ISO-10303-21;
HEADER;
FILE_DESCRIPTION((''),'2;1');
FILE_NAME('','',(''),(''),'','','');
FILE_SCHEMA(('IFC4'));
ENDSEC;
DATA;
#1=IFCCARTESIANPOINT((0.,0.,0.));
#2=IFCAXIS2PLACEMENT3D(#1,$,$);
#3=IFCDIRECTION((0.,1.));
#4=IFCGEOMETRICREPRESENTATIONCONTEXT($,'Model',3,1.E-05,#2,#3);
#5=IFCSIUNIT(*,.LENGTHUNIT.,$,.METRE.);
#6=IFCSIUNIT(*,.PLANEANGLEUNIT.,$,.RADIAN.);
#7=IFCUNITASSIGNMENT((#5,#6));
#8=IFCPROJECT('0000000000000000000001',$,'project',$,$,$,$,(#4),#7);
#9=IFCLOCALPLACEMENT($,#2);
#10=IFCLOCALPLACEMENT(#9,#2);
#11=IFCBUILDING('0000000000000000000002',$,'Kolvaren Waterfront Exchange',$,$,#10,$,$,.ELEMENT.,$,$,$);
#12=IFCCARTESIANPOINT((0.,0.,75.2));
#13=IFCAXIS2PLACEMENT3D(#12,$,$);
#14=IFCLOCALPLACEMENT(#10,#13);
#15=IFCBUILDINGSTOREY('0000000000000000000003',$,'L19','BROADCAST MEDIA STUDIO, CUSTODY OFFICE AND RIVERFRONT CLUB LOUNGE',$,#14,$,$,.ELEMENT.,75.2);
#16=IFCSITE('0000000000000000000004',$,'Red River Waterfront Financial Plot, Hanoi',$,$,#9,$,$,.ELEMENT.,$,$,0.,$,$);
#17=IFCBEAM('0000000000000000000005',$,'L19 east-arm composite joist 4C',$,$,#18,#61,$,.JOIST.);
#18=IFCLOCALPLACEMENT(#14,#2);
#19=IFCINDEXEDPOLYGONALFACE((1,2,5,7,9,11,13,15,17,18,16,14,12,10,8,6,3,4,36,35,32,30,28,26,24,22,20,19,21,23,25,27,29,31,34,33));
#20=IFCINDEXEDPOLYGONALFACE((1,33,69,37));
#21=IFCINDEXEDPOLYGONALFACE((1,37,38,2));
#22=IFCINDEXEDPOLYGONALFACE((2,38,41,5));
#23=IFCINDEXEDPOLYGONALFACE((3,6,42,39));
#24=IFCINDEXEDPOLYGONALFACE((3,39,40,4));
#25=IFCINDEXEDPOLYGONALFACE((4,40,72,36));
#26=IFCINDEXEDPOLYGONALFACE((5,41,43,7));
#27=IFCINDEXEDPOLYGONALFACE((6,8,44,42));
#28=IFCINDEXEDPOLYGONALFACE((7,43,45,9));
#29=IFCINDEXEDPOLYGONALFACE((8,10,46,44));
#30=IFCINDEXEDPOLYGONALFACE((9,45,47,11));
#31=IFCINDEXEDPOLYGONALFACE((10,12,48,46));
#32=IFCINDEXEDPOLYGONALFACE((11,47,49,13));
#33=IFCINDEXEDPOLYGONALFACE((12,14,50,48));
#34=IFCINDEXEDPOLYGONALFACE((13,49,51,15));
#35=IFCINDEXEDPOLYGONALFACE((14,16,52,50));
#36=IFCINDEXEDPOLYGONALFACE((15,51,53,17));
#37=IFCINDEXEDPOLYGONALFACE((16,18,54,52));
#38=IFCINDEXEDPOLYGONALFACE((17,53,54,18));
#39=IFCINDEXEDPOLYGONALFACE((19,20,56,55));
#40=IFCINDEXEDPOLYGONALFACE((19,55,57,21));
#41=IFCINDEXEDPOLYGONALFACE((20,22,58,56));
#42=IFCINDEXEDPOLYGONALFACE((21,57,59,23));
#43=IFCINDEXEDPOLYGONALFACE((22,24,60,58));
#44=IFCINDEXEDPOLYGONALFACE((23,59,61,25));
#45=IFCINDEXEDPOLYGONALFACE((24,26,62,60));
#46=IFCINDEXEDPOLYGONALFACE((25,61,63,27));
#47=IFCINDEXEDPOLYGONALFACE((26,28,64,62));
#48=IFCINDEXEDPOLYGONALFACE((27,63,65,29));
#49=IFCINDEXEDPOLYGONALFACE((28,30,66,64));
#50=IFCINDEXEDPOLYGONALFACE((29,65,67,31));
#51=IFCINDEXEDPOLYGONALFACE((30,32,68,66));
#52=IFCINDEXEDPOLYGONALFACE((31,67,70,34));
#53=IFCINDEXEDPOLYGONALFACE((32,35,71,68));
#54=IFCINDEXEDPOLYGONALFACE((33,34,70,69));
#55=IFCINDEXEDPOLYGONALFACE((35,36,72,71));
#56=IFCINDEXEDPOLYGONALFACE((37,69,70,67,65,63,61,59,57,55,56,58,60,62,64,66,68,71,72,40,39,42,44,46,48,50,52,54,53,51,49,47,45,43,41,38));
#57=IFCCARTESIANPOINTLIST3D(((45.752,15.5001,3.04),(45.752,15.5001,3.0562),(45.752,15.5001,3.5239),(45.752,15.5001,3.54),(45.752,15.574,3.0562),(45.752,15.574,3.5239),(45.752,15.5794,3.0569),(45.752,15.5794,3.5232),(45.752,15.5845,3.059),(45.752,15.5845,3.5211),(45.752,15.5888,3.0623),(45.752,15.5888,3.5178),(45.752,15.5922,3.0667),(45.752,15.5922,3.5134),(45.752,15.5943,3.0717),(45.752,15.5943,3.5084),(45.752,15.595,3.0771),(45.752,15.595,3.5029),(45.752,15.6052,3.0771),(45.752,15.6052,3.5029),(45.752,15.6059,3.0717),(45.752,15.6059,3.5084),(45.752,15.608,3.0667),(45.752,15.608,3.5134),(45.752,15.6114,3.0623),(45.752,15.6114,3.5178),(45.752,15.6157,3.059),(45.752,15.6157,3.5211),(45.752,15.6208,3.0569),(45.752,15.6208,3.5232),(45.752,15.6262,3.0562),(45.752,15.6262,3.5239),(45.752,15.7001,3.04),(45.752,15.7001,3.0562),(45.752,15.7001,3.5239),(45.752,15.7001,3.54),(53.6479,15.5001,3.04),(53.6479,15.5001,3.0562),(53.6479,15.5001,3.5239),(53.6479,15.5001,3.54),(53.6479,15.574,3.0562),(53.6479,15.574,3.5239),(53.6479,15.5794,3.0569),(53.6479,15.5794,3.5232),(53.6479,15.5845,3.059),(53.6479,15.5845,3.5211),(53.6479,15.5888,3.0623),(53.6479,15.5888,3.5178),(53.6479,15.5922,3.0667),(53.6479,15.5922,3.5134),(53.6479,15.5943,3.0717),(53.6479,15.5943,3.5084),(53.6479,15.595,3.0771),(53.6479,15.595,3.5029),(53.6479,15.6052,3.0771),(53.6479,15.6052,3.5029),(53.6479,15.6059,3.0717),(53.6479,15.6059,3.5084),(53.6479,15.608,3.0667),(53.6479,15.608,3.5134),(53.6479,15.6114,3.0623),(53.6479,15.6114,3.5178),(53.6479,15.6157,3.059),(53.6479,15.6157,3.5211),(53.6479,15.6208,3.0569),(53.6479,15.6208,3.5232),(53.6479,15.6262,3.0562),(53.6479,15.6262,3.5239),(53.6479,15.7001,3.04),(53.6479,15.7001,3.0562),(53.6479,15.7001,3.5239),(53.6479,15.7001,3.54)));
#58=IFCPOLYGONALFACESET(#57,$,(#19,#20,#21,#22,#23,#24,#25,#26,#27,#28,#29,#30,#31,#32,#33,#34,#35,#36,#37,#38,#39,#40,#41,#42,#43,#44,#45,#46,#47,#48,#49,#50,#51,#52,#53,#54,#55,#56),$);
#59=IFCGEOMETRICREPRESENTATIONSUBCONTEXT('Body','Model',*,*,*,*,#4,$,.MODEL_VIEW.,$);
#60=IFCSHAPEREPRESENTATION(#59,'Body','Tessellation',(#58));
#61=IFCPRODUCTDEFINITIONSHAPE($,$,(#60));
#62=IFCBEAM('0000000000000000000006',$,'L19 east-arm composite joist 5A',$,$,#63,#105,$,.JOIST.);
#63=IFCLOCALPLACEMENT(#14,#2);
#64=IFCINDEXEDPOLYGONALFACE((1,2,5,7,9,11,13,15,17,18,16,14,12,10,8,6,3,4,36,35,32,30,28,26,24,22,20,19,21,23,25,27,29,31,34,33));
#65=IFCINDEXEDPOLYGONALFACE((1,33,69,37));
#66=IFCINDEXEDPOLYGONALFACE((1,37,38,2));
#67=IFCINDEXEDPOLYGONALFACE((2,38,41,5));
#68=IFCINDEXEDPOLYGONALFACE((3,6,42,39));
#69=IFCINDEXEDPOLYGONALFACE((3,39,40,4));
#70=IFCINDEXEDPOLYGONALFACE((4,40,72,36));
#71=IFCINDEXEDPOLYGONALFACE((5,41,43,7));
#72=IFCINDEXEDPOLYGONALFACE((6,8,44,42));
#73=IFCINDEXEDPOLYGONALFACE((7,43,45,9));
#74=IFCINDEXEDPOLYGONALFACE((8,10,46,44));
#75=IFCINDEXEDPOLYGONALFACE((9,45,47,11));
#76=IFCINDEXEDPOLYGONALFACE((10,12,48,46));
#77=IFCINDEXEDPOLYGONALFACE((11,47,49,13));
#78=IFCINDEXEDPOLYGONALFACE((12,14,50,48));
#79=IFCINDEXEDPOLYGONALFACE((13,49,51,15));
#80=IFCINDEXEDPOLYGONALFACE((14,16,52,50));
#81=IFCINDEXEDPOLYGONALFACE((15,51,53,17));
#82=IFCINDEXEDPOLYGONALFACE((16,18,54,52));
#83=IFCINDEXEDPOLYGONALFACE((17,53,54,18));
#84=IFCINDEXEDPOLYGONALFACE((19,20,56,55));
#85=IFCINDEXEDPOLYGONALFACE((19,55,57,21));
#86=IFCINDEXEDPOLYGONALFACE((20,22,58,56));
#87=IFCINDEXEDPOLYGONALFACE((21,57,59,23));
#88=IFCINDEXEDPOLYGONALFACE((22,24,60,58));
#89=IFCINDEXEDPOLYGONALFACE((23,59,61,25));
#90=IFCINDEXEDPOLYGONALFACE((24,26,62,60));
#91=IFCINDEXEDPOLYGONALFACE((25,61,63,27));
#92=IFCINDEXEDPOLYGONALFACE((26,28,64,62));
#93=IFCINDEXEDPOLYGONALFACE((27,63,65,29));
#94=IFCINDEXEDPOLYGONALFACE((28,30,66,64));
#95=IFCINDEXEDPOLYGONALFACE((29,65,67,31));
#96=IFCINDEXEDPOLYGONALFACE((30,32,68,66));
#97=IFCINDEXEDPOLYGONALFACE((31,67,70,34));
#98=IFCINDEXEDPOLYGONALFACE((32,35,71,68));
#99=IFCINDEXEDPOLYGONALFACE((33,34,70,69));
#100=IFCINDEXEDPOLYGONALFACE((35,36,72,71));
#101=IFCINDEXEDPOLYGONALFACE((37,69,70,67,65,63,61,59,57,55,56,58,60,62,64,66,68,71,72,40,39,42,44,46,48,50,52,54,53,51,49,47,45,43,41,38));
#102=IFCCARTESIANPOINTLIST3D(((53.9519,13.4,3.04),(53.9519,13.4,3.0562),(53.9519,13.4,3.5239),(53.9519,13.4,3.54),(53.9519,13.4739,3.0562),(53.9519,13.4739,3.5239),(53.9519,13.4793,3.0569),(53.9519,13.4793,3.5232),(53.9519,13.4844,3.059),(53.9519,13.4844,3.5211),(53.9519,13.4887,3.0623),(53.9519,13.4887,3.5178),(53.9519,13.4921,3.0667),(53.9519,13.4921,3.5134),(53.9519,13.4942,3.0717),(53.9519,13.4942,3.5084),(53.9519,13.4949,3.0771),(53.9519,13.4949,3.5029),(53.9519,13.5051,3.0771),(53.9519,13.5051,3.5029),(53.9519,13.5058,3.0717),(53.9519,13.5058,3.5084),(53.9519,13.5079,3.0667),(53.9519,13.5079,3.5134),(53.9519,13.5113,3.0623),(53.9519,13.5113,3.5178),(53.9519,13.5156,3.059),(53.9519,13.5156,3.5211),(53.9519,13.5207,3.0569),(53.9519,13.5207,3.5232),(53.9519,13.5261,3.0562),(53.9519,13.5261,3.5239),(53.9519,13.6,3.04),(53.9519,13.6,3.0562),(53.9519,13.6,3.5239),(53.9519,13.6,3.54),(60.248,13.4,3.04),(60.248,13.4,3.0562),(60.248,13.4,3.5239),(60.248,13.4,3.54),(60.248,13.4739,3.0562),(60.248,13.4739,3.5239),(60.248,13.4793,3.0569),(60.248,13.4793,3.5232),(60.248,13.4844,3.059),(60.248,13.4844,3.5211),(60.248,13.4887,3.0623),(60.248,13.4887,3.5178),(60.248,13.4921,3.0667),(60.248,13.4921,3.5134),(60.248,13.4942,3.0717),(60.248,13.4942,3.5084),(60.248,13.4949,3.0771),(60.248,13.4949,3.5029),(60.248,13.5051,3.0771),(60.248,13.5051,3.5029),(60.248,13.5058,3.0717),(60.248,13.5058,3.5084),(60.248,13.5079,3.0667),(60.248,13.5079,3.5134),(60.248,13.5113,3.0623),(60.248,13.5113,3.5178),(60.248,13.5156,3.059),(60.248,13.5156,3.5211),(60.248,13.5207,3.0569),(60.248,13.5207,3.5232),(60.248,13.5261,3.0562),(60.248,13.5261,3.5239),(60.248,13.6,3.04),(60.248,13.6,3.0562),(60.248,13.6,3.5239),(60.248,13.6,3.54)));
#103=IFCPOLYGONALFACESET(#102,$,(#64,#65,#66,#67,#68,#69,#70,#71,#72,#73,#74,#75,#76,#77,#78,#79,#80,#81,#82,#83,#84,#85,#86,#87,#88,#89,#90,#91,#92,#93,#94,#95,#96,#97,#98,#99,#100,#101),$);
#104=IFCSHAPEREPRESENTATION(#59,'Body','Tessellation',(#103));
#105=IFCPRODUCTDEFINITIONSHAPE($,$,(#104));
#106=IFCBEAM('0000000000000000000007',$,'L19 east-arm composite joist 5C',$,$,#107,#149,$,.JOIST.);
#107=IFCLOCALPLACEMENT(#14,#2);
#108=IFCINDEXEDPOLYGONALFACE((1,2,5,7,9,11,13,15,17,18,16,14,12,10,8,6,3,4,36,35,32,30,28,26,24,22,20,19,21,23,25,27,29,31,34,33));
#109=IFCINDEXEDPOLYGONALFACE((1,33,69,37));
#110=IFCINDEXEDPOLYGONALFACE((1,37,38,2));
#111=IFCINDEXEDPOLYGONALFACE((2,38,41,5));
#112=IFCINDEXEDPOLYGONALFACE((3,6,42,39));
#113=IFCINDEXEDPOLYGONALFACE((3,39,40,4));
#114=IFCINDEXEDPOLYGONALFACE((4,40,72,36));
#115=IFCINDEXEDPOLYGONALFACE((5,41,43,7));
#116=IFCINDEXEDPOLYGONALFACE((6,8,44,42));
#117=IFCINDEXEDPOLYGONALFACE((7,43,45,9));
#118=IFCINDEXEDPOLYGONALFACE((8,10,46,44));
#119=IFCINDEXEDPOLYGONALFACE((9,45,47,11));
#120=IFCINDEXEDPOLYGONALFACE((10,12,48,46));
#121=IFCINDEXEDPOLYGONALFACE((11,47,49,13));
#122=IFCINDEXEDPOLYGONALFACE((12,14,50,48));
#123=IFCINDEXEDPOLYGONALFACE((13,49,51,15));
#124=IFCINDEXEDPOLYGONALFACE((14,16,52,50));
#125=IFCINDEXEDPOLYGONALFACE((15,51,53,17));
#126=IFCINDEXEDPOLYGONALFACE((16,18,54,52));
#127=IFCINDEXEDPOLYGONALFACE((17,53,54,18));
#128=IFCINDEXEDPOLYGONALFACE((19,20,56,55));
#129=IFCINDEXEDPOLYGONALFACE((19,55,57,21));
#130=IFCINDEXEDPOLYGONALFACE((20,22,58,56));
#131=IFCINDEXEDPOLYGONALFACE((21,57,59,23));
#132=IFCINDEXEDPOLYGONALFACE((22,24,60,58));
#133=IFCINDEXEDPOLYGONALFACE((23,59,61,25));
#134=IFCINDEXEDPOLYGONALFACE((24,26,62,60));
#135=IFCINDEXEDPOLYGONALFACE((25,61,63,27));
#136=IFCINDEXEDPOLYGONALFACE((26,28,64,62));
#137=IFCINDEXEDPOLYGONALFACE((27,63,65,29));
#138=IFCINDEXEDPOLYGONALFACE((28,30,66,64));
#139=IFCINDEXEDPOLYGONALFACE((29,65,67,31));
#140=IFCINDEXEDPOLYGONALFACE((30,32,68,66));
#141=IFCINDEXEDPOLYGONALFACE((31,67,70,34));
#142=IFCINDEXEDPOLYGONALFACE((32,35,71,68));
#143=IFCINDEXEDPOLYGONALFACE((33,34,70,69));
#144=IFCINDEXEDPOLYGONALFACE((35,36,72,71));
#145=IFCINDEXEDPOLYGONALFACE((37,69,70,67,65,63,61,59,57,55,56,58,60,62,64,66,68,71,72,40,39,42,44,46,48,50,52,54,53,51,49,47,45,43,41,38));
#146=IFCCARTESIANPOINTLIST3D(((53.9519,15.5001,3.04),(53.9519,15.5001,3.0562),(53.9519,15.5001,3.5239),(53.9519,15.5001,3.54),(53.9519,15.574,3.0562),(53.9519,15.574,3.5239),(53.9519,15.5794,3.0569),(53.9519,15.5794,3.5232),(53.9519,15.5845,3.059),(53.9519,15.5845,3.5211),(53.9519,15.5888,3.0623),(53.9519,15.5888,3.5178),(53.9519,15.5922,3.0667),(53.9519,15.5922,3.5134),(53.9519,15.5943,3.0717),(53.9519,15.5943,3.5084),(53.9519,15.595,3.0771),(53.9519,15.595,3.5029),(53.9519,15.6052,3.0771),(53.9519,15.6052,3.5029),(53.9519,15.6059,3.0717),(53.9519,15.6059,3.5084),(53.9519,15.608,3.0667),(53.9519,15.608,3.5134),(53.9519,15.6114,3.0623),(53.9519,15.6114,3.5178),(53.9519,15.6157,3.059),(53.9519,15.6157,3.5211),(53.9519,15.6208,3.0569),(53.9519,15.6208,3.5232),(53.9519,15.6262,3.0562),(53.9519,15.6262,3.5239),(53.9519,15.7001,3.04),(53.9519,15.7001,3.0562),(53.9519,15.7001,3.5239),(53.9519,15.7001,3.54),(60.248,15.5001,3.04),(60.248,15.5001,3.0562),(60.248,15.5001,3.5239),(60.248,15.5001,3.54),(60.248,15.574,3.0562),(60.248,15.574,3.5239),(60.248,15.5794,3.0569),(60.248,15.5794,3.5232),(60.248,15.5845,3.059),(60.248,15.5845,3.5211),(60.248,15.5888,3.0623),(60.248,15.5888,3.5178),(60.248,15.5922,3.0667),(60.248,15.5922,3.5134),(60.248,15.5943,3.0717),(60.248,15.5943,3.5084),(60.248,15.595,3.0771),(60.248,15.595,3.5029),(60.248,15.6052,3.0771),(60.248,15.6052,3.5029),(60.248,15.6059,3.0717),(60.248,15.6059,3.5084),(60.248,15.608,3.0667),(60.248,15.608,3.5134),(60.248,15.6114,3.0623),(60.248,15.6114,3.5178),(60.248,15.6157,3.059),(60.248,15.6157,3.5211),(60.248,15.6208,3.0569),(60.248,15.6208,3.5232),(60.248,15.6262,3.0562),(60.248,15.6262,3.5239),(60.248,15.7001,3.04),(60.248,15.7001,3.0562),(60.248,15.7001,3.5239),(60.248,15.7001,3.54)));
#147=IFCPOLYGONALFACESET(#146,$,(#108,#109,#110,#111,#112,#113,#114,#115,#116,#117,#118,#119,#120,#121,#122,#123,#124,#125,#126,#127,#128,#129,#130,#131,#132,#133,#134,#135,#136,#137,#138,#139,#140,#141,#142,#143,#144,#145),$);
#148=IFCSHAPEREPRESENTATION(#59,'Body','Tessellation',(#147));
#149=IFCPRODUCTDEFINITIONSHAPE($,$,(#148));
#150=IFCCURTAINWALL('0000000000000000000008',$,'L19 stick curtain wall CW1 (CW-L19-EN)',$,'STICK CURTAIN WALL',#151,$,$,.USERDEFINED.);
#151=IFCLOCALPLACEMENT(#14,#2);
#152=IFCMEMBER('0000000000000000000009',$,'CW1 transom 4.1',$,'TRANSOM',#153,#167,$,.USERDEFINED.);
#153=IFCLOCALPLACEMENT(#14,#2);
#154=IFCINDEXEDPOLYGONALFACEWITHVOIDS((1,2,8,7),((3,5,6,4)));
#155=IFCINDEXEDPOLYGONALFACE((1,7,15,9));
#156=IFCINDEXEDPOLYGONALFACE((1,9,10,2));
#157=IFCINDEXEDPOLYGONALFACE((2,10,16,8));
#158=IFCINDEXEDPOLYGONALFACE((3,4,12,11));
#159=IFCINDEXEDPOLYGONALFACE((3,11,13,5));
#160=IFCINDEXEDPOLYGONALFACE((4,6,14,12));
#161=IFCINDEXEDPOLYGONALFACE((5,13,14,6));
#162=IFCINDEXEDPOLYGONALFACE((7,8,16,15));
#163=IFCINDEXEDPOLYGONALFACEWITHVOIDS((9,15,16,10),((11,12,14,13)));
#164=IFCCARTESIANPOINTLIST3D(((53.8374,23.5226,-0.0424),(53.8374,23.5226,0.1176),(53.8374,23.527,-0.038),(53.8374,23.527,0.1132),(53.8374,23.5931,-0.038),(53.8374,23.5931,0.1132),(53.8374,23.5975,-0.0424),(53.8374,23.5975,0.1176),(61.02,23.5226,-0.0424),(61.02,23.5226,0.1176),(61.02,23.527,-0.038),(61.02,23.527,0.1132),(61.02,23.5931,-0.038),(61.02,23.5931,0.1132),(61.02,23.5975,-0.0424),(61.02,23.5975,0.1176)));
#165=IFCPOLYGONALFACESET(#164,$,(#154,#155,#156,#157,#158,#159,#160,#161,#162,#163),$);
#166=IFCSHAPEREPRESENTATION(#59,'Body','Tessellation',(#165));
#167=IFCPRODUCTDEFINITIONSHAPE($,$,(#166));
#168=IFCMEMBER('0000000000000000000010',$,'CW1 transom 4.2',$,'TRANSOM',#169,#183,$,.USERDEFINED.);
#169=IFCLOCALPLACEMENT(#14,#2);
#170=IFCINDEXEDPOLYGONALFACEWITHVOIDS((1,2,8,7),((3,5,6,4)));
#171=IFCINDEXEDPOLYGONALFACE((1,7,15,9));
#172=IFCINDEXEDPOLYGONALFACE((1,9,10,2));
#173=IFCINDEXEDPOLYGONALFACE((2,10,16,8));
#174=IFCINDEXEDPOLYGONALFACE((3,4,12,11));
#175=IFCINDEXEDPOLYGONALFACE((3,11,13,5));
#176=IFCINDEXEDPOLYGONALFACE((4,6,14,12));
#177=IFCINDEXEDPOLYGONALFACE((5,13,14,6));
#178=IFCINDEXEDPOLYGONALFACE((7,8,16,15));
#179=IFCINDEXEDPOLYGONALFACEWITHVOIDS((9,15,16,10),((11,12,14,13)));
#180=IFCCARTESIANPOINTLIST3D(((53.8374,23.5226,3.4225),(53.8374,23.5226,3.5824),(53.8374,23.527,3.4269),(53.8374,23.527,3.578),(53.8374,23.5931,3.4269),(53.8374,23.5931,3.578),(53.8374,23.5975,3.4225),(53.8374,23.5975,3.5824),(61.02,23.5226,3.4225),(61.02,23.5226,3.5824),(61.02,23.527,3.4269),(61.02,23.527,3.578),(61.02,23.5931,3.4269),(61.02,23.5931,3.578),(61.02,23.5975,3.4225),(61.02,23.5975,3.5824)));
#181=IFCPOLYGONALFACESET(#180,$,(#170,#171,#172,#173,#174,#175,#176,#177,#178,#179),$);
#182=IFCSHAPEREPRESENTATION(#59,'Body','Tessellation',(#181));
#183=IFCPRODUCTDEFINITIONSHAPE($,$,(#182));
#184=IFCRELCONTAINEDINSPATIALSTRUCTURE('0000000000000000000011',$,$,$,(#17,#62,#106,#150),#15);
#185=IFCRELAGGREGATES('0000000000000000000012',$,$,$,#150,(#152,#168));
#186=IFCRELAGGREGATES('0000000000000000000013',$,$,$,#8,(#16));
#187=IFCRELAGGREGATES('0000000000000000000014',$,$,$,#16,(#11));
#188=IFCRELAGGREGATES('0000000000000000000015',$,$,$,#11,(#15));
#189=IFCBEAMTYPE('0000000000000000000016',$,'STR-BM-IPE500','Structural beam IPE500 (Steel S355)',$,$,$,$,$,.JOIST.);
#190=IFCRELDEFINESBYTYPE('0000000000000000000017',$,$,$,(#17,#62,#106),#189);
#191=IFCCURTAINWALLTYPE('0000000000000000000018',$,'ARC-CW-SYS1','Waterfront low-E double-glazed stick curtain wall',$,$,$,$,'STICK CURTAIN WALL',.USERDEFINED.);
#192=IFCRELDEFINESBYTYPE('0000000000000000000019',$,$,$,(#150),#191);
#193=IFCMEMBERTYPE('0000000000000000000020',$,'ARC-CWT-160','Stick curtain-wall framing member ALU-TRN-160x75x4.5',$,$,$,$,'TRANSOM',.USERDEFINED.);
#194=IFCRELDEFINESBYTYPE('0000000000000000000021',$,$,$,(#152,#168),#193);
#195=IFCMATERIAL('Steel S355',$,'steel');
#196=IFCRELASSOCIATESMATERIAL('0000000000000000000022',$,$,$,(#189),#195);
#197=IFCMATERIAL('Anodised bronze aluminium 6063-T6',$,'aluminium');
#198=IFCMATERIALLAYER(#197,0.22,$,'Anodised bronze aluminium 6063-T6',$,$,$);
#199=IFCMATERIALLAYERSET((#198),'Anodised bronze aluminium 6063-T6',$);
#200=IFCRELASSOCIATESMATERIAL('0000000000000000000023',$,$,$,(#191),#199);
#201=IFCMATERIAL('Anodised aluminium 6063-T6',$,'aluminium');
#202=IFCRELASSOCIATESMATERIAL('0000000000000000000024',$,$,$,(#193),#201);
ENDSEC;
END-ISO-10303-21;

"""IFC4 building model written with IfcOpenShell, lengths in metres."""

from ifc_helpers import new_model, si_unit, direction, frame, origin, origin_with_axes, origin_2d, place, context, subcontext, project, spatial, hollow_rectangle, i_section, extrude, source, transform, mapped, material, layer, layer_set, material_profile, profile_set, type_object, element, aggregate, save


model = new_model("IFC4")

# Units and contexts
model_context = context("Model", 3, precision=1e-05, world=origin(), true_north=direction((0.0, 1.0)))
body_context = subcontext(model_context, "Body", "Model", "MODEL_VIEW")
ifc_project = project(units=[si_unit("LENGTHUNIT", "METRE"), si_unit("PLANEANGLEUNIT", "RADIAN")], contexts=[model_context])

# Site, building, storey
site_placement = place(None, origin())
site = spatial("IfcSite", under=ifc_project, at=site_placement, Name="Red River Waterfront Financial Plot, Hanoi", CompositionType="ELEMENT", RefElevation=0.0)
building_placement = place(site_placement, origin())
building = spatial("IfcBuilding", under=site, at=building_placement, Name="Kolvaren Waterfront Exchange", CompositionType="ELEMENT")
storey_placement = place(building_placement, frame((0.0, 0.0, 75.2)))
storey = spatial("IfcBuildingStorey", under=building, at=storey_placement, Name="L19", Description="BROADCAST MEDIA STUDIO, CUSTODY OFFICE AND RIVERFRONT CLUB LOUNGE", CompositionType="ELEMENT", Elevation=75.2)

# Beams
ifc_material_1 = material(Name="Steel S355", Category="steel")
ifc_material_profile_1 = material_profile(ifc_material_1, i_section(OverallWidth=0.2, OverallDepth=0.5, WebThickness=0.0103, FlangeThickness=0.0161, FilletRadius=0.021, at=origin_2d()), Name="IPE500")
ifc_profile_set_1 = profile_set([ifc_material_profile_1], Name="Steel S355")
beam_type_1 = type_object("IfcBeamType", Name="STR-BM-IPE500", Description="Structural beam IPE500 (Steel S355)", PredefinedType="JOIST", material=ifc_profile_set_1)
for number, where, z_axis, x_axis, name in (
    (1, (45.752, 15.6001, 3.29), (1.0, 0.0, 0.0), (0.0, 1.0, 0.0), "L19 east-arm composite joist 4C"),
):
    element("IfcBeam", number, at=place(storey_placement, frame(where, z_axis=z_axis, x_axis=x_axis)), inside=storey, type_object=beam_type_1, Name=name, PredefinedType="JOIST", context=body_context, shape_type="SweptSolid", body=[
        extrude(i_section(OverallWidth=0.2, OverallDepth=0.5, WebThickness=0.0103, FlangeThickness=0.0161, FilletRadius=0.021, at=origin_2d()), origin(), (0.0, 0.0, 1.0), 7.896),
    ])
for number, where, z_axis, x_axis, name in (
    (2, (53.9519, 13.5, 3.29), (1.0, 0.0, 0.0), (0.0, 1.0, 0.0), "L19 east-arm composite joist 5A"),
    (3, (53.9519, 15.6001, 3.29), (1.0, 0.0, 0.0), (0.0, 1.0, 0.0), "L19 east-arm composite joist 5C"),
):
    element("IfcBeam", number, at=place(storey_placement, frame(where, z_axis=z_axis, x_axis=x_axis)), inside=storey, type_object=beam_type_1, Name=name, PredefinedType="JOIST", context=body_context, shape_type="SweptSolid", body=[
        extrude(i_section(OverallWidth=0.2, OverallDepth=0.5, WebThickness=0.0103, FlangeThickness=0.0161, FilletRadius=0.021, at=origin_2d()), origin(), (0.0, 0.0, 1.0), 6.2961),
    ])

# Curtain wall, members
ifc_material_2 = material(Name="Anodised bronze aluminium 6063-T6", Category="aluminium")
ifc_layer_1 = layer(ifc_material_2, 0.22, Name="Anodised bronze aluminium 6063-T6")
ifc_layer_set_1 = layer_set([ifc_layer_1], Name="Anodised bronze aluminium 6063-T6")
curtain_wall_type = type_object("IfcCurtainWallType", Name="ARC-CW-SYS1", Description="Waterfront low-E double-glazed stick curtain wall", ElementType="STICK CURTAIN WALL", PredefinedType="USERDEFINED", material=ifc_layer_set_1)
curtain_wall_placement = place(storey_placement, origin())
curtain_wall = element("IfcCurtainWall", 4, at=curtain_wall_placement, inside=storey, type_object=curtain_wall_type, Name="L19 stick curtain wall CW1 (CW-L19-EN)", ObjectType="STICK CURTAIN WALL", PredefinedType="USERDEFINED")
ifc_material_3 = material(Name="Anodised aluminium 6063-T6", Category="aluminium")
ifc_material_profile_2 = material_profile(ifc_material_3, hollow_rectangle(XDim=0.075, YDim=0.1599, WallThickness=0.0044, at=origin_2d()), Name="ALU-TRN-160x75x4.5")
ifc_profile_set_2 = profile_set([ifc_material_profile_2], Name="Anodised aluminium 6063-T6")
member_type_1 = type_object("IfcMemberType", Name="ARC-CWT-160", Description="Stick curtain-wall framing member ALU-TRN-160x75x4.5", ElementType="TRANSOM", PredefinedType="USERDEFINED", material=ifc_profile_set_2)
shared_shape_1 = source(origin_with_axes(), body_context, "Body", "SweptSolid", [
    extrude(hollow_rectangle(XDim=0.075, YDim=0.1599, WallThickness=0.0044, at=origin_2d()), origin(), (0.0, 0.0, 1.0), 7.1826),
])
member_1_placement = place(storey_placement, frame((53.8374, 23.5601, 0.0376), z_axis=(1.0, 0.0, 0.0), x_axis=(0.0, 1.0, 0.0)))
member_1 = element("IfcMember", 5, at=member_1_placement, type_object=member_type_1, Name="CW1 transom 4.1", ObjectType="TRANSOM", PredefinedType="USERDEFINED", context=body_context, shape_type="MappedRepresentation", body=[
    mapped(shared_shape_1, transform((0.0, 0.0, 0.0), x_axis=(1.0, 0.0, 0.0), y_axis=(0.0, 1.0, 0.0), z_axis=(0.0, 0.0, 1.0), scale=1.0)),
])
member_2_placement = place(storey_placement, frame((53.8374, 23.5601, 3.5024), z_axis=(1.0, 0.0, 0.0), x_axis=(0.0, 1.0, 0.0)))
member_2 = element("IfcMember", 6, at=member_2_placement, type_object=member_type_1, Name="CW1 transom 4.2", ObjectType="TRANSOM", PredefinedType="USERDEFINED", context=body_context, shape_type="MappedRepresentation", body=[
    mapped(shared_shape_1, transform((0.0, 0.0, 0.0), x_axis=(1.0, 0.0, 0.0), y_axis=(0.0, 1.0, 0.0), z_axis=(0.0, 0.0, 1.0), scale=1.0)),
])
aggregate(curtain_wall, [member_1, member_2])

save(model, "model.ifc")
